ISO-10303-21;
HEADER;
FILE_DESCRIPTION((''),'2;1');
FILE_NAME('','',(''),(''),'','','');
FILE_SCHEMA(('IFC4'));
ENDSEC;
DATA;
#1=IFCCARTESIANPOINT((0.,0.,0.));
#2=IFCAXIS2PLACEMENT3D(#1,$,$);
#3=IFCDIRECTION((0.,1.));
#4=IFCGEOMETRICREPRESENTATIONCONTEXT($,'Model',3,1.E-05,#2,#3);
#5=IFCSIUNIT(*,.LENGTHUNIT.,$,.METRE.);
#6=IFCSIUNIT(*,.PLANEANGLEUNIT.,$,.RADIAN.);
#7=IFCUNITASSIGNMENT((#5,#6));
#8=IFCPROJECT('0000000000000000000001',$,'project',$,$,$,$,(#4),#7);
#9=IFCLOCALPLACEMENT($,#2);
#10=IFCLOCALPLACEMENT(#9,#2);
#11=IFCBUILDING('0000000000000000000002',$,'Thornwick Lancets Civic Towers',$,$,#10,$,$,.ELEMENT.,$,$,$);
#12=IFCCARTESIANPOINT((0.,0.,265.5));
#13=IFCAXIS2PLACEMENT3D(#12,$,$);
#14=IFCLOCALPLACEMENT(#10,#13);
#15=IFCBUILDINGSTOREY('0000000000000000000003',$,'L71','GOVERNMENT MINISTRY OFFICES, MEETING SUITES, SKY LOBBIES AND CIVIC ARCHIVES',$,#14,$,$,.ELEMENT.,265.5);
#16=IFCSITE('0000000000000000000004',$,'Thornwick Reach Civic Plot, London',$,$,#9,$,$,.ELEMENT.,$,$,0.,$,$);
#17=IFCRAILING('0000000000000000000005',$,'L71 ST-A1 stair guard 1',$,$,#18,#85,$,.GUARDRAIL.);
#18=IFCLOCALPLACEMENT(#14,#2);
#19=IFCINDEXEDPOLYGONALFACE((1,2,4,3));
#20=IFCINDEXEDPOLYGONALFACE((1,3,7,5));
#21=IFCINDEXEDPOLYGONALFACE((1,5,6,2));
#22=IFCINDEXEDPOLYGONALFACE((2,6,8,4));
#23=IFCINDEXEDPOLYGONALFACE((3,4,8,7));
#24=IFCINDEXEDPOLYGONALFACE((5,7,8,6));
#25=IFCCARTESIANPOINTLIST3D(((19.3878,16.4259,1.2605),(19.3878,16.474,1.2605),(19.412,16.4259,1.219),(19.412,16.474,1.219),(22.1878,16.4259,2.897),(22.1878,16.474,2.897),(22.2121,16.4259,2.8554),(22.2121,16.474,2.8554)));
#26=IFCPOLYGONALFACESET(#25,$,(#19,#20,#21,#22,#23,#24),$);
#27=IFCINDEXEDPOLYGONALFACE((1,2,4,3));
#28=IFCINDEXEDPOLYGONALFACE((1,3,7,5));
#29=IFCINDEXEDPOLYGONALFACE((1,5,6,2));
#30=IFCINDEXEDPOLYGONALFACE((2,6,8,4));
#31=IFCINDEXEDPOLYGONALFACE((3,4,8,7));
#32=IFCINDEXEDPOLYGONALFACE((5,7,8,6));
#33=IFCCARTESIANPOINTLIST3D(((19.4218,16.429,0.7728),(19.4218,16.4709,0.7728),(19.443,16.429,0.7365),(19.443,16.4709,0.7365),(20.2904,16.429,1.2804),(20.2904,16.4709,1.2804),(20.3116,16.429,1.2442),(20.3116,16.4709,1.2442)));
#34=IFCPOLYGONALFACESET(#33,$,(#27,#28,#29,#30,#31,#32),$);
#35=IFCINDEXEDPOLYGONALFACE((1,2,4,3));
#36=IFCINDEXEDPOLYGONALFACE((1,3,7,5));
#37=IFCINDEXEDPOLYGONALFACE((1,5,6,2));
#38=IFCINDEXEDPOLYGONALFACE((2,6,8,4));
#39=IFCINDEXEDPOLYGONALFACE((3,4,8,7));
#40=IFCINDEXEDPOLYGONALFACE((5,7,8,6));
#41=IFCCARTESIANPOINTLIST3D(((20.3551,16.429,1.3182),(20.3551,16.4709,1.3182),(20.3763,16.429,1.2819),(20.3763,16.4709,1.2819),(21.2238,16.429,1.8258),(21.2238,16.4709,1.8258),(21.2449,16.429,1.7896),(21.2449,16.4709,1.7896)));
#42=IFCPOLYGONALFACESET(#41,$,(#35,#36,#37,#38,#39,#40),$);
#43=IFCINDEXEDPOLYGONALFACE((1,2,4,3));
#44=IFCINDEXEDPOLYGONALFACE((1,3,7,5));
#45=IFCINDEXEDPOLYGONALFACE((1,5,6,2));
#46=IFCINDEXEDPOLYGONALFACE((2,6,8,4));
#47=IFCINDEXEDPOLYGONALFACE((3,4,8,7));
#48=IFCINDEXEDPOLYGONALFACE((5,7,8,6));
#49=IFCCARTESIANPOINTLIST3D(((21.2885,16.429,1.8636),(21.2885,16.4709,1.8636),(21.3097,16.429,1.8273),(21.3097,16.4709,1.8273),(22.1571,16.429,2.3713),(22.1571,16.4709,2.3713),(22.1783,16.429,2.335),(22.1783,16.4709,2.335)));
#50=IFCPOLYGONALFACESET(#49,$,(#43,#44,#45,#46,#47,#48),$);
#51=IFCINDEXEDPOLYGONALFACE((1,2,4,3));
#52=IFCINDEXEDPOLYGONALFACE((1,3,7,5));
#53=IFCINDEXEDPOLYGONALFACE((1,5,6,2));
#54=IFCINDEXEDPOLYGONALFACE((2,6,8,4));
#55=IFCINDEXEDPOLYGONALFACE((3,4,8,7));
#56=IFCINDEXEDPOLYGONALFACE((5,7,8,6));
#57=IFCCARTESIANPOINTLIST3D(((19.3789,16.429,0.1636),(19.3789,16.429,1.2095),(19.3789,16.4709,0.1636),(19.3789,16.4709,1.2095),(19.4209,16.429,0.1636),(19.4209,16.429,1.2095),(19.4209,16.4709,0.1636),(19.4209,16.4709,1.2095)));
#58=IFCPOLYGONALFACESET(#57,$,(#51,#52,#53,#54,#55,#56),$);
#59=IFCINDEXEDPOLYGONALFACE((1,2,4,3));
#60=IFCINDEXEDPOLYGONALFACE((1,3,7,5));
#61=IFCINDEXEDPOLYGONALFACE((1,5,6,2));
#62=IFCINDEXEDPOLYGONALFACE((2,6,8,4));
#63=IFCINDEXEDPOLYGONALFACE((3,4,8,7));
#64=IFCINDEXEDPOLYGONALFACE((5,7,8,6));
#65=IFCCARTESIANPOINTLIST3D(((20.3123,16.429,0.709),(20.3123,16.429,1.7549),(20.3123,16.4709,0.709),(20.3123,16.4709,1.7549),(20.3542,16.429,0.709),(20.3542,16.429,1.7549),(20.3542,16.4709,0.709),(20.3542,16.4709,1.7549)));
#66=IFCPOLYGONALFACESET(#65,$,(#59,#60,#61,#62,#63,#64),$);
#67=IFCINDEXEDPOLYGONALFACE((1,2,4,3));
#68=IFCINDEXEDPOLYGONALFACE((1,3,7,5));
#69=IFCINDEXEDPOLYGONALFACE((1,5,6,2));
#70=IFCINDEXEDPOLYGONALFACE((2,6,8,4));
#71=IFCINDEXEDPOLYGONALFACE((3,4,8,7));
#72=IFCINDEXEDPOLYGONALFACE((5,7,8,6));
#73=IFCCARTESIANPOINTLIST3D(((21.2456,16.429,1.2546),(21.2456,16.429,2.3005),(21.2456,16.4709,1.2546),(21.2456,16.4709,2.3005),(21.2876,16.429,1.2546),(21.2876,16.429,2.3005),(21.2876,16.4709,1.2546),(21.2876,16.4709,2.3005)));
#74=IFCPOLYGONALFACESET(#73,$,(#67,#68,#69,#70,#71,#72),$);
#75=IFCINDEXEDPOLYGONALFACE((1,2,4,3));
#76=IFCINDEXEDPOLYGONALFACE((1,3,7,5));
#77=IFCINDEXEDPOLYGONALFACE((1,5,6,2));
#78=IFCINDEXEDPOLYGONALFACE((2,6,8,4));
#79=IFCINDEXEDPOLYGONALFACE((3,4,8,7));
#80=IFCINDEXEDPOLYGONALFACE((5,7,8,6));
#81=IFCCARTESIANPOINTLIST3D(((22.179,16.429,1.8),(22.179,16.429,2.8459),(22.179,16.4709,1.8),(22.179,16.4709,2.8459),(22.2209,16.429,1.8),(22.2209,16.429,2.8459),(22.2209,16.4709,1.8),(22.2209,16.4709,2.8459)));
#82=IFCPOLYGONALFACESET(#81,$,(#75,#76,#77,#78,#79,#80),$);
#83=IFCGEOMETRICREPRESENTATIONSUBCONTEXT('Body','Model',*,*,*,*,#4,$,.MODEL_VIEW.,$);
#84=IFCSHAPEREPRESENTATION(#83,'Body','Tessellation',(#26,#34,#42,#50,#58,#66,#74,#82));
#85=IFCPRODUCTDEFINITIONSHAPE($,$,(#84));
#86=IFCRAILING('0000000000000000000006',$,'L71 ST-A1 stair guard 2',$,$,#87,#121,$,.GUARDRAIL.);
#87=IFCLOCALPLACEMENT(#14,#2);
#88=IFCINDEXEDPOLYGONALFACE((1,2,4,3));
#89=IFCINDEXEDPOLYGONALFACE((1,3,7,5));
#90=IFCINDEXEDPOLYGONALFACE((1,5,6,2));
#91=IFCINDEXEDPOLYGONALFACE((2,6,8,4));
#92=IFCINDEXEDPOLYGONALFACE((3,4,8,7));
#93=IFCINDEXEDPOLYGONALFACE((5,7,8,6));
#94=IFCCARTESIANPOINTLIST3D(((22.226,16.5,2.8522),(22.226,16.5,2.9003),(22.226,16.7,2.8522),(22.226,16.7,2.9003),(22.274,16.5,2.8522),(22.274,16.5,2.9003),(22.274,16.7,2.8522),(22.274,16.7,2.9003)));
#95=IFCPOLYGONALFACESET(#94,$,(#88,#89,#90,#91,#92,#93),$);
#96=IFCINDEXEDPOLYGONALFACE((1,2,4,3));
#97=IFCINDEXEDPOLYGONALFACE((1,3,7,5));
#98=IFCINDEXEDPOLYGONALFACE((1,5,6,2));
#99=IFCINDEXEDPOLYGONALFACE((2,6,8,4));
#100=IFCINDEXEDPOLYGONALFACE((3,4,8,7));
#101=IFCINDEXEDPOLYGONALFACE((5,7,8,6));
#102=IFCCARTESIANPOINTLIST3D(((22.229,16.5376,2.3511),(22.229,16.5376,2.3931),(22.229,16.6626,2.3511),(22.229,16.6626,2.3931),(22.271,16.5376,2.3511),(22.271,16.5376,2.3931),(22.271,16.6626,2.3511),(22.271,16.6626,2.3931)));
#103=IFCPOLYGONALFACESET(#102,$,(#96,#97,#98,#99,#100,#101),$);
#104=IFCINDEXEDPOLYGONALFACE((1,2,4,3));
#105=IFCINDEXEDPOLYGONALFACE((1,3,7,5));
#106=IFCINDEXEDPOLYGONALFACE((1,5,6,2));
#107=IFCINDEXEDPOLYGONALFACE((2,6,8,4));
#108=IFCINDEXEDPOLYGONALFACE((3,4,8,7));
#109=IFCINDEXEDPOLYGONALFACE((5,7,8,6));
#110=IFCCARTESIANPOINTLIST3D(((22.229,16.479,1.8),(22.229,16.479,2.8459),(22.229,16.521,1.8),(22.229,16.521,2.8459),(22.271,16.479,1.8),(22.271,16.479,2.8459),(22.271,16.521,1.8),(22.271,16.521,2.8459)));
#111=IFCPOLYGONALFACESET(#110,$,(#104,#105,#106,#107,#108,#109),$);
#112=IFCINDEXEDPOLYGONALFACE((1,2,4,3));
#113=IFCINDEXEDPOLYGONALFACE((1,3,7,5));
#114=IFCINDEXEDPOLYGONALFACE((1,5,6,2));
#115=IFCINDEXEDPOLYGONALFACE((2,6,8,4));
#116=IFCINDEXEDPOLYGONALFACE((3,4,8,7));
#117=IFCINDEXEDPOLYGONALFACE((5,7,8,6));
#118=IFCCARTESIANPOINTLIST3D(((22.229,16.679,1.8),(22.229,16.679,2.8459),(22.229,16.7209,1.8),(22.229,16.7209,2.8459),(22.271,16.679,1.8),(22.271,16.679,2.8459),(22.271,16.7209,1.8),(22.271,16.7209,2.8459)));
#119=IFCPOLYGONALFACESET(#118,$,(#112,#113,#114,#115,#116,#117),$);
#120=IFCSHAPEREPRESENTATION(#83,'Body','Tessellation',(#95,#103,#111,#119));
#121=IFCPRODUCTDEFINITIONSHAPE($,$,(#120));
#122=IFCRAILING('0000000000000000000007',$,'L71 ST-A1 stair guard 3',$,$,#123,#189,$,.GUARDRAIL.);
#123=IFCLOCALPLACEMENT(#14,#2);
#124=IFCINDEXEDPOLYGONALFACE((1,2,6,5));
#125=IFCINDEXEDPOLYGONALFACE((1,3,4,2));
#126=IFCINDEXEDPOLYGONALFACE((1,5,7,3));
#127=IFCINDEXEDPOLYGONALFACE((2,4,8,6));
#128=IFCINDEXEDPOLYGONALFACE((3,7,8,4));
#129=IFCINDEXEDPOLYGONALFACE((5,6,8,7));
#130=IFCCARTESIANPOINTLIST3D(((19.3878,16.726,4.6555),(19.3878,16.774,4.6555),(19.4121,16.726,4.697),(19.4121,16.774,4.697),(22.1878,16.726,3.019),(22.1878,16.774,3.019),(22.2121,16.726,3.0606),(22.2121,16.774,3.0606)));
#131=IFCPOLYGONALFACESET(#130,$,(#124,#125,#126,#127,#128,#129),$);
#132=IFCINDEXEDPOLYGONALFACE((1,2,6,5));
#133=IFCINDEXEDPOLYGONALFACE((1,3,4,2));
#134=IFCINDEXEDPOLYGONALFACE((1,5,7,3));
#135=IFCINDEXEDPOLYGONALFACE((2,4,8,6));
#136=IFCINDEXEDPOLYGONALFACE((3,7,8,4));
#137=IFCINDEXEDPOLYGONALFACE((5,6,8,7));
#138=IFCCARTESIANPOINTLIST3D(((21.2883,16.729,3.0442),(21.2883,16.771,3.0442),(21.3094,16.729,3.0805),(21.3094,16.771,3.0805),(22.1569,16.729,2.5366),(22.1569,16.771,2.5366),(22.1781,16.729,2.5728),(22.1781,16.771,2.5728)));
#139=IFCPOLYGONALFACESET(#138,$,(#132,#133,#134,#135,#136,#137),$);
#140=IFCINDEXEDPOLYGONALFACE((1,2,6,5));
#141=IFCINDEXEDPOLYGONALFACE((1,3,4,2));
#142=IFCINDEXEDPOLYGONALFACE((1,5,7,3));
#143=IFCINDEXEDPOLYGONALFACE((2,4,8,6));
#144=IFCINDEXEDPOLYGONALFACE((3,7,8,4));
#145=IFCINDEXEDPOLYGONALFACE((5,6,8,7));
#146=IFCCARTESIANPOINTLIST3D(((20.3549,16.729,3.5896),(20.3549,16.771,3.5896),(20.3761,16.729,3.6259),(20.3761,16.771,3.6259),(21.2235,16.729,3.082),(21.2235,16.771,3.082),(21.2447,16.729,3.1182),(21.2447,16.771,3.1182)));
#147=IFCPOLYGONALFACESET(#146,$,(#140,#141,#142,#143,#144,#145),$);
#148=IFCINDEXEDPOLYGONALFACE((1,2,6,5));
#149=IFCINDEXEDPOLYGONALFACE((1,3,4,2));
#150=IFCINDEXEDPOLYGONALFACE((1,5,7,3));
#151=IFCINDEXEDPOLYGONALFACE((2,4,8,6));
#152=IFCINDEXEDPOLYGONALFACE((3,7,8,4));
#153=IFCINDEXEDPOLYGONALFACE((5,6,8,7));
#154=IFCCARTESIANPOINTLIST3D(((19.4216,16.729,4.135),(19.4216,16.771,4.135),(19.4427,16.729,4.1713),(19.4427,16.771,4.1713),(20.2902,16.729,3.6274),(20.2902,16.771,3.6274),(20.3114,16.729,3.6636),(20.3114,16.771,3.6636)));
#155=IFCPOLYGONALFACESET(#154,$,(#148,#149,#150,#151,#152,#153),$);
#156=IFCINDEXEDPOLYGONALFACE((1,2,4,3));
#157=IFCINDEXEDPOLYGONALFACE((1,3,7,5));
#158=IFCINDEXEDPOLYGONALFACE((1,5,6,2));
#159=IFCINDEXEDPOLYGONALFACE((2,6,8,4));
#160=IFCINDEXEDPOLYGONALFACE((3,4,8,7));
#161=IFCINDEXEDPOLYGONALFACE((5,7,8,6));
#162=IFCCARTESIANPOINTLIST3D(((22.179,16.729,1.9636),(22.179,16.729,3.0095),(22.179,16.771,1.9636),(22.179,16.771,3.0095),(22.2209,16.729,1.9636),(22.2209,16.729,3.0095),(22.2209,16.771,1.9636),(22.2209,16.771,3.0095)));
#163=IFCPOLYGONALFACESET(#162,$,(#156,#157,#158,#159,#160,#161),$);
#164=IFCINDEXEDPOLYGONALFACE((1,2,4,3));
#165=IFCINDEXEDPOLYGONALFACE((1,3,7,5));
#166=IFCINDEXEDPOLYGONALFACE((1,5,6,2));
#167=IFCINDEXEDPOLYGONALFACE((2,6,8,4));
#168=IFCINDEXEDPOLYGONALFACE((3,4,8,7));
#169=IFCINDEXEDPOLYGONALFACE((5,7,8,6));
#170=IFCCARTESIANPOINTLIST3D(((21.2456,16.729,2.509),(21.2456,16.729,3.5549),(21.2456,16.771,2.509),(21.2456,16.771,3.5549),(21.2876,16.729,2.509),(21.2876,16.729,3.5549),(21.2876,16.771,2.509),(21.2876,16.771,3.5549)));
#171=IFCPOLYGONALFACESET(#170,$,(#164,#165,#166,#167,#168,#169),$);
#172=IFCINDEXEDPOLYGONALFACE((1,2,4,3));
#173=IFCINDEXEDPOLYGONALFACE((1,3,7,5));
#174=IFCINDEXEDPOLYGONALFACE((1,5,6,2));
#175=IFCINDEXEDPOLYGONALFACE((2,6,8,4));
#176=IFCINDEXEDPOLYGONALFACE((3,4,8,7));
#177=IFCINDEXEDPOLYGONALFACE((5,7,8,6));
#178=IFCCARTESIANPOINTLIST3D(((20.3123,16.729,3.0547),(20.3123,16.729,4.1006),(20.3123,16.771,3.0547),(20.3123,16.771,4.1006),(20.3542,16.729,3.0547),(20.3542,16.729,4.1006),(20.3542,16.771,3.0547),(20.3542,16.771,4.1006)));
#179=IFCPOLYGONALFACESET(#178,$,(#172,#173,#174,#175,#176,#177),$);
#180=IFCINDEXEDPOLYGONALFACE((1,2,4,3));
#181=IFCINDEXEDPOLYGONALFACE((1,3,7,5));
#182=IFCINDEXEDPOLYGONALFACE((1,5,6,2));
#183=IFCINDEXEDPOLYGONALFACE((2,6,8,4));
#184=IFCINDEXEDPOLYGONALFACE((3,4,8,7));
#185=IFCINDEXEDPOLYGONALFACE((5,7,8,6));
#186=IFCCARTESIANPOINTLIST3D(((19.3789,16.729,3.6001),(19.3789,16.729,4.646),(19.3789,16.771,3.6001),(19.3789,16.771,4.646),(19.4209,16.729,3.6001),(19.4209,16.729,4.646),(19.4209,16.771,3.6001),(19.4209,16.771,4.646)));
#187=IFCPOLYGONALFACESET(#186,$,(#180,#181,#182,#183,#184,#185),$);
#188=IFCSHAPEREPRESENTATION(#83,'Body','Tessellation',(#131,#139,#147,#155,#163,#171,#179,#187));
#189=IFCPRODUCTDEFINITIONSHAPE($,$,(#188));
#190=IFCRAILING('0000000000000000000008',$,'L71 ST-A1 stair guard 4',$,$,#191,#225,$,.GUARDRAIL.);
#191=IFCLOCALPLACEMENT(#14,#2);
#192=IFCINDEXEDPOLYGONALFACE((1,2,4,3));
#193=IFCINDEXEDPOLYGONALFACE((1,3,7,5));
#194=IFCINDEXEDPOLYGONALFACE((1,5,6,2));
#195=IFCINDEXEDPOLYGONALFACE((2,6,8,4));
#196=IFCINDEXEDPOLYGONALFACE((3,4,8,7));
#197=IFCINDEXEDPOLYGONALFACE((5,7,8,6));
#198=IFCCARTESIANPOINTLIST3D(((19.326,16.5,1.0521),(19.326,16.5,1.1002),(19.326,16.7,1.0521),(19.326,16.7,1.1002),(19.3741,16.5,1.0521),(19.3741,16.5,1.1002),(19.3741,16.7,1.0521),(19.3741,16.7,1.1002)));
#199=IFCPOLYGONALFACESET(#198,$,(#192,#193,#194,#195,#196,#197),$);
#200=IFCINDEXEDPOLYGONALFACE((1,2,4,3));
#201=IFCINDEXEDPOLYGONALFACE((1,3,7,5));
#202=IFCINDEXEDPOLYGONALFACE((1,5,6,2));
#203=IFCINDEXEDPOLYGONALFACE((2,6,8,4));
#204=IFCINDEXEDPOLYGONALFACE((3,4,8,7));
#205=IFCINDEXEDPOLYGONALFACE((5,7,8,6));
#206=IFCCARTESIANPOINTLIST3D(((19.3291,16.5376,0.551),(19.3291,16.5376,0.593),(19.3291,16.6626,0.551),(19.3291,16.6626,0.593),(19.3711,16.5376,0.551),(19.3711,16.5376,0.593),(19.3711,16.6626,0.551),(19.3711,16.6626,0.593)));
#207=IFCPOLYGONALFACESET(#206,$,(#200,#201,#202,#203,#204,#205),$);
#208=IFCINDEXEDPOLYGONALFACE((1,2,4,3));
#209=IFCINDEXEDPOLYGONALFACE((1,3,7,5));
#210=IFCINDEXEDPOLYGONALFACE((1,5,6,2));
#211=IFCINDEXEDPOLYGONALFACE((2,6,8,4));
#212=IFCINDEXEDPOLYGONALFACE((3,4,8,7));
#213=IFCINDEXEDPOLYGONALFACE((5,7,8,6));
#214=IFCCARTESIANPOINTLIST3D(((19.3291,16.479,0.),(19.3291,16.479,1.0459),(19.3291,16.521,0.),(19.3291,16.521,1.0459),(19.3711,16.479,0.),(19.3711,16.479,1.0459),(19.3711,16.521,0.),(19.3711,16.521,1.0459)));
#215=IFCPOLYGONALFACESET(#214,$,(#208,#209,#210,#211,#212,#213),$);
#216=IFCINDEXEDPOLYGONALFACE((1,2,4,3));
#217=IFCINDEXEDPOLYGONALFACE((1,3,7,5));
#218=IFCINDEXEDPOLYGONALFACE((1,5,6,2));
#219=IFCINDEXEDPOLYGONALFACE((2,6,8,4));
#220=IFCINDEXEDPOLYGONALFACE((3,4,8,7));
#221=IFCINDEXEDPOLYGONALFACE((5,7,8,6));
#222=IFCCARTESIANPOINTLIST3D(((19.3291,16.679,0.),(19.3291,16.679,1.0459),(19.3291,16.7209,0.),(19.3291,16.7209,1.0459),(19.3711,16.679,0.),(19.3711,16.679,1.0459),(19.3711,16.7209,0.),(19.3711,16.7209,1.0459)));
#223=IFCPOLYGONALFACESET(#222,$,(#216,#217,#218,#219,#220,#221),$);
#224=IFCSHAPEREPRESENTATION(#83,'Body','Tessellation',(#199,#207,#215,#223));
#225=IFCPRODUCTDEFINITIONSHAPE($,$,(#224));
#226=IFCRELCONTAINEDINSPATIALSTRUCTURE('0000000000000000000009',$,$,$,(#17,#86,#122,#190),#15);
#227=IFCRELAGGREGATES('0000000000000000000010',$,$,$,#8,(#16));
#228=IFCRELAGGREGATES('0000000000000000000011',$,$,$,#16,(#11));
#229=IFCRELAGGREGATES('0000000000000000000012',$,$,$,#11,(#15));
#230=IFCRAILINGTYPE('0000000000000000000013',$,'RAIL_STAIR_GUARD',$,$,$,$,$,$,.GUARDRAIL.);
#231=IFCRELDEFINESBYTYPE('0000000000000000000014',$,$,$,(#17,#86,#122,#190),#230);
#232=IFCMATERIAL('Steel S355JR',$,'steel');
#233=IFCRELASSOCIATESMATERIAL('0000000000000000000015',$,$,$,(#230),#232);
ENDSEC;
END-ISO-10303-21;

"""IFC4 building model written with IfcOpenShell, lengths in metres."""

from ifc_helpers import new_model, si_unit, direction, frame, origin, origin_2d, place, context, subcontext, project, spatial, rectangle, extrude, material, type_object, element, save


model = new_model("IFC4")

# Units and contexts
model_context = context("Model", 3, precision=1e-05, world=origin(), true_north=direction((0.0, 1.0)))
body_context = subcontext(model_context, "Body", "Model", "MODEL_VIEW")
ifc_project = project(units=[si_unit("LENGTHUNIT", "METRE"), si_unit("PLANEANGLEUNIT", "RADIAN")], contexts=[model_context])

# Site, building, storey
site_placement = place(None, origin())
site = spatial("IfcSite", under=ifc_project, at=site_placement, Name="Thornwick Reach Civic Plot, London", CompositionType="ELEMENT", RefElevation=0.0)
building_placement = place(site_placement, origin())
building = spatial("IfcBuilding", under=site, at=building_placement, Name="Thornwick Lancets Civic Towers", CompositionType="ELEMENT")
storey_placement = place(building_placement, frame((0.0, 0.0, 265.5)))
storey = spatial("IfcBuildingStorey", under=building, at=storey_placement, Name="L71", Description="GOVERNMENT MINISTRY OFFICES, MEETING SUITES, SKY LOBBIES AND CIVIC ARCHIVES", CompositionType="ELEMENT", Elevation=265.5)

# Shared definitions
ifc_material_1 = material(Name="Steel S355JR", Category="steel")

# Railings
railing_type_1 = type_object("IfcRailingType", Name="RAIL_STAIR_GUARD", PredefinedType="GUARDRAIL", material=ifc_material_1)
railing_1_placement = place(storey_placement, frame((19.3999, 16.45, 0.1636)))
element("IfcRailing", 1, at=railing_1_placement, inside=storey, type_object=railing_type_1, Name="L71 ST-A1 stair guard 1", PredefinedType="GUARDRAIL", context=body_context, shape_type="SweptSolid", body=[
    extrude(rectangle(XDim=0.0481, YDim=0.0481, at=origin_2d()), frame((0.0, 0.0, 1.0762), z_axis=(0.863361, 0.0, 0.504587), x_axis=(0.0, 1.0, 0.0)), (0.0, 0.0, 1.0), 3.2432),
    extrude(rectangle(XDim=0.042, YDim=0.042, at=origin_2d()), frame((0.0325, 0.0, 0.5911), z_axis=(0.863361, 0.0, 0.504587), x_axis=(0.0, 1.0, 0.0)), (0.0, 0.0, 1.0), 1.0061),
    extrude(rectangle(XDim=0.042, YDim=0.042, at=origin_2d()), frame((0.9658, 0.0, 1.1365), z_axis=(0.863361, 0.0, 0.504587), x_axis=(0.0, 1.0, 0.0)), (0.0, 0.0, 1.0), 1.0061),
    extrude(rectangle(XDim=0.042, YDim=0.042, at=origin_2d()), frame((1.8992, 0.0, 1.6819), z_axis=(0.863361, 0.0, 0.504587), x_axis=(0.0, 1.0, 0.0)), (0.0, 0.0, 1.0), 1.0061),
    extrude(rectangle(XDim=0.042, YDim=0.042, at=origin_2d()), origin(), (0.0, 0.0, 1.0), 1.0459),
    extrude(rectangle(XDim=0.042, YDim=0.042, at=origin_2d()), frame((0.9333, 0.0, 0.5454)), (0.0, 0.0, 1.0), 1.0459),
    extrude(rectangle(XDim=0.042, YDim=0.042, at=origin_2d()), frame((1.8667, 0.0, 1.0911)), (0.0, 0.0, 1.0), 1.0459),
    extrude(rectangle(XDim=0.042, YDim=0.042, at=origin_2d()), frame((2.8, 0.0, 1.6365)), (0.0, 0.0, 1.0), 1.0459),
])
railing_2_placement = place(storey_placement, frame((22.25, 16.5, 1.8)))
element("IfcRailing", 2, at=railing_2_placement, inside=storey, type_object=railing_type_1, Name="L71 ST-A1 stair guard 2", PredefinedType="GUARDRAIL", context=body_context, shape_type="SweptSolid", body=[
    extrude(rectangle(XDim=0.0481, YDim=0.0481, at=origin_2d()), frame((0.0, 0.0, 1.0762), z_axis=(0.0, 1.0, 0.0), x_axis=(-1.0, 0.0, 0.0)), (0.0, 0.0, 1.0), 0.2),
    extrude(rectangle(XDim=0.042, YDim=0.042, at=origin_2d()), frame((0.0, 0.0376, 0.572), z_axis=(0.0, 1.0, 0.0), x_axis=(-1.0, 0.0, 0.0)), (0.0, 0.0, 1.0), 0.125),
    extrude(rectangle(XDim=0.042, YDim=0.042, at=origin_2d()), origin(), (0.0, 0.0, 1.0), 1.0459),
    extrude(rectangle(XDim=0.042, YDim=0.042, at=origin_2d()), frame((0.0, 0.2, 0.0)), (0.0, 0.0, 1.0), 1.0459),
])
railing_3_placement = place(storey_placement, frame((22.2, 16.75, 1.9636)))
element("IfcRailing", 3, at=railing_3_placement, inside=storey, type_object=railing_type_1, Name="L71 ST-A1 stair guard 3", PredefinedType="GUARDRAIL", context=body_context, shape_type="SweptSolid", body=[
    extrude(rectangle(XDim=0.0481, YDim=0.0481, at=origin_2d()), frame((0.0, 0.0, 1.0762), z_axis=(-0.863361, 0.0, 0.504587), x_axis=(0.0, -1.0, 0.0)), (0.0, 0.0, 1.0), 3.2432),
    extrude(rectangle(XDim=0.042, YDim=0.042, at=origin_2d()), frame((-0.0325, 0.0, 0.5911), z_axis=(-0.863361, 0.0, 0.504587), x_axis=(0.0, -1.0, 0.0)), (0.0, 0.0, 1.0), 1.0061),
    extrude(rectangle(XDim=0.042, YDim=0.042, at=origin_2d()), frame((-0.9658, 0.0, 1.1365), z_axis=(-0.863361, 0.0, 0.504587), x_axis=(0.0, -1.0, 0.0)), (0.0, 0.0, 1.0), 1.0061),
    extrude(rectangle(XDim=0.042, YDim=0.042, at=origin_2d()), frame((-1.8992, 0.0, 1.6819), z_axis=(-0.863361, 0.0, 0.504587), x_axis=(0.0, -1.0, 0.0)), (0.0, 0.0, 1.0), 1.0061),
    extrude(rectangle(XDim=0.042, YDim=0.042, at=origin_2d()), origin(), (0.0, 0.0, 1.0), 1.0459),
    extrude(rectangle(XDim=0.042, YDim=0.042, at=origin_2d()), frame((-0.9333, 0.0, 0.5454)), (0.0, 0.0, 1.0), 1.0459),
    extrude(rectangle(XDim=0.042, YDim=0.042, at=origin_2d()), frame((-1.8667, 0.0, 1.0911)), (0.0, 0.0, 1.0), 1.0459),
    extrude(rectangle(XDim=0.042, YDim=0.042, at=origin_2d()), frame((-2.8, 0.0, 1.6365)), (0.0, 0.0, 1.0), 1.0459),
])
railing_4_placement = place(storey_placement, frame((19.3501, 16.5, 0.0)))
element("IfcRailing", 4, at=railing_4_placement, inside=storey, type_object=railing_type_1, Name="L71 ST-A1 stair guard 4", PredefinedType="GUARDRAIL", context=body_context, shape_type="SweptSolid", body=[
    extrude(rectangle(XDim=0.0481, YDim=0.0481, at=origin_2d()), frame((0.0, 0.0, 1.0762), z_axis=(0.0, 1.0, 0.0), x_axis=(-1.0, 0.0, 0.0)), (0.0, 0.0, 1.0), 0.2),
    extrude(rectangle(XDim=0.042, YDim=0.042, at=origin_2d()), frame((0.0, 0.0376, 0.572), z_axis=(0.0, 1.0, 0.0), x_axis=(-1.0, 0.0, 0.0)), (0.0, 0.0, 1.0), 0.125),
    extrude(rectangle(XDim=0.042, YDim=0.042, at=origin_2d()), origin(), (0.0, 0.0, 1.0), 1.0459),
    extrude(rectangle(XDim=0.042, YDim=0.042, at=origin_2d()), frame((0.0, 0.2, 0.0)), (0.0, 0.0, 1.0), 1.0459),
])

save(model, "model.ifc")
